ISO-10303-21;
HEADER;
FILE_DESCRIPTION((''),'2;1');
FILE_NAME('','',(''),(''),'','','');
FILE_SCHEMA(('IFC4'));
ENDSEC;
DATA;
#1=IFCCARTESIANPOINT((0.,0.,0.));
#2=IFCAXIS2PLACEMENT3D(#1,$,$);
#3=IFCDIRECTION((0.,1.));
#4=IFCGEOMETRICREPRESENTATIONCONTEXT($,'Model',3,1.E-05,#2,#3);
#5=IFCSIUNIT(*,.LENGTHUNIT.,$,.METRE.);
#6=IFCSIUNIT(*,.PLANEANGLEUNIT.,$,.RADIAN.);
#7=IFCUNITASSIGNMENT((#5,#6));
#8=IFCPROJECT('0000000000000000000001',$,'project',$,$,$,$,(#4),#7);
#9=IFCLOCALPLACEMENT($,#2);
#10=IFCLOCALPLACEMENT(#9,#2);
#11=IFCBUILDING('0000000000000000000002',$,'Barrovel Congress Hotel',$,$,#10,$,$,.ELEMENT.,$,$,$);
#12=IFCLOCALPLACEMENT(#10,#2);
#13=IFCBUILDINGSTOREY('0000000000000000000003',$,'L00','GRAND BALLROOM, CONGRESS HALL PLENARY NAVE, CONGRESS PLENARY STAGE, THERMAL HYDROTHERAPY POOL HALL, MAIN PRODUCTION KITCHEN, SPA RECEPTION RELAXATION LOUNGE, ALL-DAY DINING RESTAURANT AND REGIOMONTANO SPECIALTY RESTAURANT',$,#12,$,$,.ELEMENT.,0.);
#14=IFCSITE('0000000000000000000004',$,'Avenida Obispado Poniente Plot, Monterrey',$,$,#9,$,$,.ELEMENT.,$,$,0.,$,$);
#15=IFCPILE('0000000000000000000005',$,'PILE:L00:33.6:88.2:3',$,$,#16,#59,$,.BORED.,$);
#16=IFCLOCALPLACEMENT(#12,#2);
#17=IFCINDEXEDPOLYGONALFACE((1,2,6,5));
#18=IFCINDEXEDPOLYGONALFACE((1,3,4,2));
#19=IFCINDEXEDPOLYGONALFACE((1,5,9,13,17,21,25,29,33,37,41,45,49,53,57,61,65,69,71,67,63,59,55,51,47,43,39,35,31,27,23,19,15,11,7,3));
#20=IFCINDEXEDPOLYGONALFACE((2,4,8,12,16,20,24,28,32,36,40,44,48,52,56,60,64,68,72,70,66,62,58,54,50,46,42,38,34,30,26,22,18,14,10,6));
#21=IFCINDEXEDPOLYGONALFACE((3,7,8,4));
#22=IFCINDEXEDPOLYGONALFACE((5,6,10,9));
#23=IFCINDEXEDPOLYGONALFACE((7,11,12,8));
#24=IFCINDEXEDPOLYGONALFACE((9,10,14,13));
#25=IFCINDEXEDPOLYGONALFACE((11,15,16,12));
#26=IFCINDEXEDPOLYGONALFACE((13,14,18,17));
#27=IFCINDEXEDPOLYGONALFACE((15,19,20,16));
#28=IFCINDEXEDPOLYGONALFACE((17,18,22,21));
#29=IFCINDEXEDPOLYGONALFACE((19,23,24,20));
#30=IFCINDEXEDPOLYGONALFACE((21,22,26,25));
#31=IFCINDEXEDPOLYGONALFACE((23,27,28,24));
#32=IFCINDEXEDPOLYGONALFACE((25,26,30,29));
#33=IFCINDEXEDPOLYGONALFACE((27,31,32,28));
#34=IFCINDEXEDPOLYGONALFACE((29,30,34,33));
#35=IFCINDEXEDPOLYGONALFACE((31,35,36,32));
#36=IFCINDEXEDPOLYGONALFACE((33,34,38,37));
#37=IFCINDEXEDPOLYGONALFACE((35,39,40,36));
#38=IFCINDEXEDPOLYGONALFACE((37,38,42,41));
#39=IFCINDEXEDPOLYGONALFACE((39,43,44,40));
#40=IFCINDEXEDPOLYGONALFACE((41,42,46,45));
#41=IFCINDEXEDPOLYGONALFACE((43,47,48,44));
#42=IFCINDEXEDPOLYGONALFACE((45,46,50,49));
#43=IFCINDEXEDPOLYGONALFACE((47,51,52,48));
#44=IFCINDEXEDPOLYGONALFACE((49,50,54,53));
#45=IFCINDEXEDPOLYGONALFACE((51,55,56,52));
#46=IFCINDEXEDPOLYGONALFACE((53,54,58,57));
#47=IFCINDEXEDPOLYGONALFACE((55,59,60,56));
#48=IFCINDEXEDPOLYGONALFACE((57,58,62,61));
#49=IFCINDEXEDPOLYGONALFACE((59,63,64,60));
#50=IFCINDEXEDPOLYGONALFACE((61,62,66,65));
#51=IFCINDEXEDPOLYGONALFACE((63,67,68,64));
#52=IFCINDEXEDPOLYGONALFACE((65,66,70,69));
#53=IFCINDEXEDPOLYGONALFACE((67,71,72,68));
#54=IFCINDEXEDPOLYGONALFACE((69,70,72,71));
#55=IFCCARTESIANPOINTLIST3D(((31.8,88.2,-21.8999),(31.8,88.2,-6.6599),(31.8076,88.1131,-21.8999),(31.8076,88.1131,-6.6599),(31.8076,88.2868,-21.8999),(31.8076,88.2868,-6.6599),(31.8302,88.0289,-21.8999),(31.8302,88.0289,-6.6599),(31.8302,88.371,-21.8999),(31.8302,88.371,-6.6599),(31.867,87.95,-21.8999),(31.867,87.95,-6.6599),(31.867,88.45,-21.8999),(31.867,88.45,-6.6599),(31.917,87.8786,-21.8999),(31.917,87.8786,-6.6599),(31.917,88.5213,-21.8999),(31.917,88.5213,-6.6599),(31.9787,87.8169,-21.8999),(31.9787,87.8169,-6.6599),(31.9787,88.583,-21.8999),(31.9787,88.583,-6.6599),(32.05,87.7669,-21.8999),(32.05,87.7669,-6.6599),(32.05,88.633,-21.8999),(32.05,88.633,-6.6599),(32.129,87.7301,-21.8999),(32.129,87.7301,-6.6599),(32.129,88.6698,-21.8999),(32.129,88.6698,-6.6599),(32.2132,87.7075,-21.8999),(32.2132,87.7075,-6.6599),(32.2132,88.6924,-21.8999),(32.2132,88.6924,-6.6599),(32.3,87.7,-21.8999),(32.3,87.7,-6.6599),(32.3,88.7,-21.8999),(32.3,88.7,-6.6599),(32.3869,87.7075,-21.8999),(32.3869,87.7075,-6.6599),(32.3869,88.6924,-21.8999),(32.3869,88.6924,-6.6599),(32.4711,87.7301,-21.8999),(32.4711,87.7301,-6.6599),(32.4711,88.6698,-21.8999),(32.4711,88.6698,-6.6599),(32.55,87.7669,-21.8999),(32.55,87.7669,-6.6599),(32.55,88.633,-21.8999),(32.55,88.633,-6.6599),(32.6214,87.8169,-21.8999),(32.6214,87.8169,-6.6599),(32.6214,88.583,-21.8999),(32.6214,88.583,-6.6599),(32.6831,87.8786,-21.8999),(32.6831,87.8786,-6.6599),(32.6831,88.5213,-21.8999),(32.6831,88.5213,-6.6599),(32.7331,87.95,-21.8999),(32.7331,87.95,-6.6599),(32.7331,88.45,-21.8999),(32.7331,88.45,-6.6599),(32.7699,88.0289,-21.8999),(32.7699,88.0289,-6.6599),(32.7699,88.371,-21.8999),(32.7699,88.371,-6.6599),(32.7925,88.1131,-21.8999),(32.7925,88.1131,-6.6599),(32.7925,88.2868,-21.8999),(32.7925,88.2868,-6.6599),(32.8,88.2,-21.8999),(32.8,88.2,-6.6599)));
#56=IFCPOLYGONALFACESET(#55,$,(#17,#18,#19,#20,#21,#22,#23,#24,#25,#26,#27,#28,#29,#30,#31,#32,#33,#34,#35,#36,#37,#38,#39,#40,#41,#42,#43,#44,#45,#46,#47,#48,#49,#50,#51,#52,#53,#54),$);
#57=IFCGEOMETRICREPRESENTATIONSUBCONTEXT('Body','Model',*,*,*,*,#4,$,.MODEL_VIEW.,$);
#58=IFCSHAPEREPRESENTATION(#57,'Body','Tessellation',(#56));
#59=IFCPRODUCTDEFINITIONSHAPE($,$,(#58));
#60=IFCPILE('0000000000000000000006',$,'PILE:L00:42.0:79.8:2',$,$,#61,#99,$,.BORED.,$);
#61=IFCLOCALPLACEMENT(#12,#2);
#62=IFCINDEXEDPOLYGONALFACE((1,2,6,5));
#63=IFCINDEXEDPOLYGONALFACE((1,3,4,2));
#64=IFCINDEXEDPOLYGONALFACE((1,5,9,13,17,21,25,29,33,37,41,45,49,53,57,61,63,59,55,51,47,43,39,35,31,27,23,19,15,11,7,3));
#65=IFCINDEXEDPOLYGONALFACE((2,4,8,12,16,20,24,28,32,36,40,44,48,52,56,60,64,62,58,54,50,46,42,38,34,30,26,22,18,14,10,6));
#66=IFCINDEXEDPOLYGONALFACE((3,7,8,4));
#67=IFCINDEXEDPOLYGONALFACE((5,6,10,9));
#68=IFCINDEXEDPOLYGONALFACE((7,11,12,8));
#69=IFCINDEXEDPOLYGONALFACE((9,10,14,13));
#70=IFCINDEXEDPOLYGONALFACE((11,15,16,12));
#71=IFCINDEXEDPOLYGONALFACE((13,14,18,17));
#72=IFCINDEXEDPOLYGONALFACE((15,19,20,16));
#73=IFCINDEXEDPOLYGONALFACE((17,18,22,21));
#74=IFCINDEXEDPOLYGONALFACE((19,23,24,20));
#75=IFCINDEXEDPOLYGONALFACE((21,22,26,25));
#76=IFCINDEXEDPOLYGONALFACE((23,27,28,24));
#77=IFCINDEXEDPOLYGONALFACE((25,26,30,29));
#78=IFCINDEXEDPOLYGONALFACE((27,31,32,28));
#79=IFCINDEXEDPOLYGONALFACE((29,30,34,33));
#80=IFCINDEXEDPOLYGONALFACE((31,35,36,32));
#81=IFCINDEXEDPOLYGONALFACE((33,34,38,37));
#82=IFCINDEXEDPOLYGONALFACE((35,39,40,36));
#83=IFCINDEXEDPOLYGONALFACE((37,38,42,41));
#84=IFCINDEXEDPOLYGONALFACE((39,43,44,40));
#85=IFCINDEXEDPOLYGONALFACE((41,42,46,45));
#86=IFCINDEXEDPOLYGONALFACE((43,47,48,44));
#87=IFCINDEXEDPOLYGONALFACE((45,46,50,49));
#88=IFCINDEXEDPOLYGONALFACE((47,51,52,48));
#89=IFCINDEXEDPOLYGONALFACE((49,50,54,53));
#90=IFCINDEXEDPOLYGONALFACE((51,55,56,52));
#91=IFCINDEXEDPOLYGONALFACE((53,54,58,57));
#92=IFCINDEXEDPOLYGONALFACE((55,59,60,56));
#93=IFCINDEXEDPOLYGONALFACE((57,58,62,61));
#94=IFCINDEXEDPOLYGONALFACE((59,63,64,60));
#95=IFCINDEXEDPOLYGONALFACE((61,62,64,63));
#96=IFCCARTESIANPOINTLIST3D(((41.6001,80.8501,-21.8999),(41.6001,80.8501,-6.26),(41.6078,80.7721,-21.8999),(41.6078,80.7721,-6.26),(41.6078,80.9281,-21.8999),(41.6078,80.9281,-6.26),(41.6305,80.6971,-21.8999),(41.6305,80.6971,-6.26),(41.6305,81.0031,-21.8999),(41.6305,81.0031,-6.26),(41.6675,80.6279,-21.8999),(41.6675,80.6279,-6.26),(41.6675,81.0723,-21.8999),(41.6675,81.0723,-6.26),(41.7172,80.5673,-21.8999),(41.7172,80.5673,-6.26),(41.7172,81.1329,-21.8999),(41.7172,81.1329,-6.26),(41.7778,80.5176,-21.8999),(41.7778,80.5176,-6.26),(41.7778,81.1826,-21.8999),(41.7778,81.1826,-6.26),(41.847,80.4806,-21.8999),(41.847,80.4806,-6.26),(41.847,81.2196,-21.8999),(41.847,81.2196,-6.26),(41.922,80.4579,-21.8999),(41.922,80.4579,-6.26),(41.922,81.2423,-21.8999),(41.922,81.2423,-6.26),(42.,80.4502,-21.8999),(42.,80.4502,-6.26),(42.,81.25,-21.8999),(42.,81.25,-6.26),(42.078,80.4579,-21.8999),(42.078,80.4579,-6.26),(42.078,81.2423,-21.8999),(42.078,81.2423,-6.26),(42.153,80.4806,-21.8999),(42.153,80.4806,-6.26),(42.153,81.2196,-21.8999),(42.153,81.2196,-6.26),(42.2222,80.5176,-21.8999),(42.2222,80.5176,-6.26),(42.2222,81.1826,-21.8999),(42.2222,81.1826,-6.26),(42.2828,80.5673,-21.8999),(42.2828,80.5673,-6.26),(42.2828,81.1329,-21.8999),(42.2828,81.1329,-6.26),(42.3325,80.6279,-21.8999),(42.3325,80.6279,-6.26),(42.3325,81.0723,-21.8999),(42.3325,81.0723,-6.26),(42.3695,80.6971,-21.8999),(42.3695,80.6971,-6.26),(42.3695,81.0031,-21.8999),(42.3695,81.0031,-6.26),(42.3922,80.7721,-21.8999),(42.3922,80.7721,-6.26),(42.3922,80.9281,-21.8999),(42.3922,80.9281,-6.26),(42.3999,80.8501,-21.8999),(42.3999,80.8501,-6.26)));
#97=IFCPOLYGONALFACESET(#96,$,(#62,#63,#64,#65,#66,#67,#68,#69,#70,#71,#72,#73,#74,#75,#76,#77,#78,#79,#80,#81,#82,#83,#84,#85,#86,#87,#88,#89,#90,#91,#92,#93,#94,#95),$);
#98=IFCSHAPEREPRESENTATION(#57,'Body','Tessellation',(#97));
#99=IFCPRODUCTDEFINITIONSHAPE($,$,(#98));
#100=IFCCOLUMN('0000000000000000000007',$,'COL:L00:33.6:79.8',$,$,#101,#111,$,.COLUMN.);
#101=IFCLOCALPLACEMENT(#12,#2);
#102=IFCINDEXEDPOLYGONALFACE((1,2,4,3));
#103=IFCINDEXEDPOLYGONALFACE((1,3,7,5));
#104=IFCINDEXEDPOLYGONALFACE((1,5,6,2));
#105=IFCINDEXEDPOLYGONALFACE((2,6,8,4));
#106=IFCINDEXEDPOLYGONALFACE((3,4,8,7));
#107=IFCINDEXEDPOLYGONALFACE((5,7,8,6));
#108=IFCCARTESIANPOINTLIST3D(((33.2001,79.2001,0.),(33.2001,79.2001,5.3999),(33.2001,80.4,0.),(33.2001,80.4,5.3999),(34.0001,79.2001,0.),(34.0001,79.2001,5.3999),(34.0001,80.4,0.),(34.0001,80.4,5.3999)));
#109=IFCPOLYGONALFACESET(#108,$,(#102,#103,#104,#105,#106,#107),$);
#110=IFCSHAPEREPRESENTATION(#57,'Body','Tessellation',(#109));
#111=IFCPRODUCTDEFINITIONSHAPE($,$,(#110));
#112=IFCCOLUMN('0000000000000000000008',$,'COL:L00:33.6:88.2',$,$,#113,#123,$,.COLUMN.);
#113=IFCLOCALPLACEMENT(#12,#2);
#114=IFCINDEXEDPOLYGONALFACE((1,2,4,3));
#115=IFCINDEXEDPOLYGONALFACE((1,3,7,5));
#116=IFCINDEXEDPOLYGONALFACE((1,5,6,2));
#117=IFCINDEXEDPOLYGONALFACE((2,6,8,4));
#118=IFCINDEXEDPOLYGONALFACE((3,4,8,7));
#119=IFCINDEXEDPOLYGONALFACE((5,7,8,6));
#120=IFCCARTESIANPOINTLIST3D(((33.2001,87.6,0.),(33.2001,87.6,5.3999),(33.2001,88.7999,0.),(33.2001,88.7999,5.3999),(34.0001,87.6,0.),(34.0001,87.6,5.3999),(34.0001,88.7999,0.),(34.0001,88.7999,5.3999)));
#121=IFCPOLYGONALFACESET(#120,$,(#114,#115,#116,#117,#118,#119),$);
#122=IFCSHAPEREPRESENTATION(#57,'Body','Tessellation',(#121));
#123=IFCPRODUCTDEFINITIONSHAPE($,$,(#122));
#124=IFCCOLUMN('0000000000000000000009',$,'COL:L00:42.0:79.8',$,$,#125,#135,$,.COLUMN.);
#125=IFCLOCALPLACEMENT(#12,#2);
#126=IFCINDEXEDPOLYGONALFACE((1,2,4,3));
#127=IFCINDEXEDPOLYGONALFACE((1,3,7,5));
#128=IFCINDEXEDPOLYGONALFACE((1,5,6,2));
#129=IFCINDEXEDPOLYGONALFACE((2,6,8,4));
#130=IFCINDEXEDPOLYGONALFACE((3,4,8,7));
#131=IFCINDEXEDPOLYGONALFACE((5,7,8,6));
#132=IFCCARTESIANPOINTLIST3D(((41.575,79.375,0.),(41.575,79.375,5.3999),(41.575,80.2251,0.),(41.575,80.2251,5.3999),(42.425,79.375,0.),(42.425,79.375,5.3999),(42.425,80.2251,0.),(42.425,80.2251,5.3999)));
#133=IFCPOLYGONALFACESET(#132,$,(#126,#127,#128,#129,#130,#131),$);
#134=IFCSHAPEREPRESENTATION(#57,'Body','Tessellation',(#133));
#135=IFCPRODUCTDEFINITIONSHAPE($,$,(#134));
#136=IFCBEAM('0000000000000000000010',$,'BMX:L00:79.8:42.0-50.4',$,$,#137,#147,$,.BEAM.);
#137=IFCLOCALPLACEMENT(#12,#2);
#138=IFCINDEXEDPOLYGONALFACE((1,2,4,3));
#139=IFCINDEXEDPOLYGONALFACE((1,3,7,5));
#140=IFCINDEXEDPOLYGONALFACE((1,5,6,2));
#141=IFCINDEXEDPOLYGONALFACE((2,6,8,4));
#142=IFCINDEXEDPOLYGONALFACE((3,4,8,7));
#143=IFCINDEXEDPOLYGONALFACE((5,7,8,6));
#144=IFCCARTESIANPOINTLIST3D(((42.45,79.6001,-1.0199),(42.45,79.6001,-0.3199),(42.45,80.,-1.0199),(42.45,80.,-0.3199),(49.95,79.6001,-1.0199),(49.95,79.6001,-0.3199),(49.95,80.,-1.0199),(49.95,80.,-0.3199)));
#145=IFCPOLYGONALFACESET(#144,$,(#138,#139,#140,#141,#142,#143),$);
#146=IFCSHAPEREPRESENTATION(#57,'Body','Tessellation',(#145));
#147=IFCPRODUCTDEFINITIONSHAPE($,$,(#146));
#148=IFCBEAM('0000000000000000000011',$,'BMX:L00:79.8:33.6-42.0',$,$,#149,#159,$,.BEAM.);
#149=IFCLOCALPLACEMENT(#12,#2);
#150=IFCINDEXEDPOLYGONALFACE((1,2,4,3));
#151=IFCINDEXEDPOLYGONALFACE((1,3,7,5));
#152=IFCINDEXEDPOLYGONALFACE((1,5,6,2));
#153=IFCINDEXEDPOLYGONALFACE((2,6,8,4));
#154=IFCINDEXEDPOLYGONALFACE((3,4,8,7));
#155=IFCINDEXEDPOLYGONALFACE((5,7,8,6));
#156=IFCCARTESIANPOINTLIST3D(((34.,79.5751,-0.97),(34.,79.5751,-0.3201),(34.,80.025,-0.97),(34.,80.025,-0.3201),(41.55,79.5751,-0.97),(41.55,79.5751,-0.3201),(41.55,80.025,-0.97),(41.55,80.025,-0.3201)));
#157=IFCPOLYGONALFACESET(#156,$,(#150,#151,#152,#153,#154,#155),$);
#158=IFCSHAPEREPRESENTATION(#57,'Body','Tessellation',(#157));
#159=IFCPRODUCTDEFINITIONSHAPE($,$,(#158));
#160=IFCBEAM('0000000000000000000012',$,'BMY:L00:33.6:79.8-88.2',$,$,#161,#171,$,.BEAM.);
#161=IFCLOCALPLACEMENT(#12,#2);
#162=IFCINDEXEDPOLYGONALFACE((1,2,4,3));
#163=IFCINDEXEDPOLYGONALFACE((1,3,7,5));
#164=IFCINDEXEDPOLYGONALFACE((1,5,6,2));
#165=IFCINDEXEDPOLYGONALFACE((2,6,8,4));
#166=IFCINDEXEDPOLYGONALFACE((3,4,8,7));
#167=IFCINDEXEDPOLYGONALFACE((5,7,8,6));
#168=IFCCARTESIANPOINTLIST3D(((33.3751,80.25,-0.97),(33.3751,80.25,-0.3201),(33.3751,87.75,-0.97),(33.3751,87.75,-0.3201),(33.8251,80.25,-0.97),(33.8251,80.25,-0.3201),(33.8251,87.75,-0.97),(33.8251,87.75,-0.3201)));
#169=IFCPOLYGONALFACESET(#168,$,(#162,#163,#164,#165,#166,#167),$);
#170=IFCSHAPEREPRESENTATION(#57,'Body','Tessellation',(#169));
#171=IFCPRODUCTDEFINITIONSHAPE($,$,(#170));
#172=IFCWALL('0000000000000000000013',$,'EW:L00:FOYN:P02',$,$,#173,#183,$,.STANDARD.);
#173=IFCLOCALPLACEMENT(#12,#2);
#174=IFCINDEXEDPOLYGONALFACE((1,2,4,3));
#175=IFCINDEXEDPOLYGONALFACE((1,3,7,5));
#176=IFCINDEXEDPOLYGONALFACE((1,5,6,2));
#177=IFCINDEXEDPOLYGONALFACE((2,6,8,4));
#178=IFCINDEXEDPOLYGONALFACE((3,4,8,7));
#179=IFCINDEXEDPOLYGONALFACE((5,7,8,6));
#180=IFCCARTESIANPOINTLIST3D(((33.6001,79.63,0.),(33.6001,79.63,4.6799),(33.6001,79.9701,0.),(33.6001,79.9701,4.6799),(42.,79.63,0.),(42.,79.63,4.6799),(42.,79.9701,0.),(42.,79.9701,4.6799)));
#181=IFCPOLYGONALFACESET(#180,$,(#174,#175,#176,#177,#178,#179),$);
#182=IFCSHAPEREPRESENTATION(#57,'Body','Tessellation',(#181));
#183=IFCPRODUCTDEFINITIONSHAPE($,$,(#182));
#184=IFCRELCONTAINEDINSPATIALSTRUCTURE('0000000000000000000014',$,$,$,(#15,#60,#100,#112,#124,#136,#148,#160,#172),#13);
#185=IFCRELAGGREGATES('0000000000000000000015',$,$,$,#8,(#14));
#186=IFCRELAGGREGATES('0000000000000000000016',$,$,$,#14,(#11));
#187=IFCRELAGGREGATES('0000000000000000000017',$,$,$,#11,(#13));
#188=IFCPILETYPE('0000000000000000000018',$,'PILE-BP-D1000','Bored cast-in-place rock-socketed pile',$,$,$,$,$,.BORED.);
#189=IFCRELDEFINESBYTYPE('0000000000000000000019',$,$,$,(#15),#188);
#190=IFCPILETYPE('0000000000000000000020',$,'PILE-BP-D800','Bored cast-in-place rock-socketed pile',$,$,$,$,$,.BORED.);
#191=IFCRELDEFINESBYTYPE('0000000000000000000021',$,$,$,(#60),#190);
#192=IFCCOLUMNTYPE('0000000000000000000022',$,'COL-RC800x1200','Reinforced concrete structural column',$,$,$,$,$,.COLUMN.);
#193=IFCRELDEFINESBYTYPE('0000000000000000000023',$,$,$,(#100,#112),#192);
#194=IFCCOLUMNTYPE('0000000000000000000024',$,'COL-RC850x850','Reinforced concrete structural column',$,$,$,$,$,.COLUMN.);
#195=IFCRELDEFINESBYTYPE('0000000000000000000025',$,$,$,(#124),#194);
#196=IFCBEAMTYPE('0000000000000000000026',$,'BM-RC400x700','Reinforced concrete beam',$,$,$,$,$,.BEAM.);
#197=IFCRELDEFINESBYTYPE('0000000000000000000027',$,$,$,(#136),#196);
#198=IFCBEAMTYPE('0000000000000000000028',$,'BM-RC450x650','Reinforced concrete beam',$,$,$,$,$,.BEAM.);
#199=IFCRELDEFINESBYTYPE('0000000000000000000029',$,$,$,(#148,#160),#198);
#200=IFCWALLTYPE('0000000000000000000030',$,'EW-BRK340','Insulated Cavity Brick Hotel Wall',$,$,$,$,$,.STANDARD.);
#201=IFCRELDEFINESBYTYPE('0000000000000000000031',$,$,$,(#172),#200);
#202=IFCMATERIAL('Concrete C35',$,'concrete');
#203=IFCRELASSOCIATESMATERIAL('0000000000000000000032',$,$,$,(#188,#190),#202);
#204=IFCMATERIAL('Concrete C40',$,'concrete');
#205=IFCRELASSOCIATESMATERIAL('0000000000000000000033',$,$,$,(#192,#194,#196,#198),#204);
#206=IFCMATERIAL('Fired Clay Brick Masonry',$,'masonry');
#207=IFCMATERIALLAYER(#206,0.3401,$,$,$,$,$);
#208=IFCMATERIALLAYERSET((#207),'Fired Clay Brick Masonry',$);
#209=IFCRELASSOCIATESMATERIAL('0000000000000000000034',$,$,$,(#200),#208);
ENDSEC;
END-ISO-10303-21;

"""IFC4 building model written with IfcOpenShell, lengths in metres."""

from ifc_helpers import new_model, si_unit, direction, frame, frame_2d, origin, origin_2d, place, context, subcontext, project, spatial, rectangle, circle, extrude, material, layer, layer_set, material_profile, profile_set, type_object, element, save


model = new_model("IFC4")

# Units and contexts
model_context = context("Model", 3, precision=1e-05, world=origin(), true_north=direction((0.0, 1.0)))
body_context = subcontext(model_context, "Body", "Model", "MODEL_VIEW")
ifc_project = project(units=[si_unit("LENGTHUNIT", "METRE"), si_unit("PLANEANGLEUNIT", "RADIAN")], contexts=[model_context])

# Site, building, storey
site_placement = place(None, origin())
site = spatial("IfcSite", under=ifc_project, at=site_placement, Name="Avenida Obispado Poniente Plot, Monterrey", CompositionType="ELEMENT", RefElevation=0.0)
building_placement = place(site_placement, origin())
building = spatial("IfcBuilding", under=site, at=building_placement, Name="Barrovel Congress Hotel", CompositionType="ELEMENT")
storey_placement = place(building_placement, origin())
storey = spatial("IfcBuildingStorey", under=building, at=storey_placement, Name="L00", Description="GRAND BALLROOM, CONGRESS HALL PLENARY NAVE, CONGRESS PLENARY STAGE, THERMAL HYDROTHERAPY POOL HALL, MAIN PRODUCTION KITCHEN, SPA RECEPTION RELAXATION LOUNGE, ALL-DAY DINING RESTAURANT AND REGIOMONTANO SPECIALTY RESTAURANT", CompositionType="ELEMENT", Elevation=0.0)

# Shared definitions
ifc_material_1 = material(Name="Concrete C40", Category="concrete")

# Piles
ifc_material_2 = material(Name="Concrete C35", Category="concrete")
ifc_material_profile_1 = material_profile(ifc_material_2, circle(Radius=0.5, at=origin_2d()), Name="BP-D1000")
ifc_profile_set_1 = profile_set([ifc_material_profile_1], Name="Concrete C35")
pile_type_1 = type_object("IfcPileType", Name="PILE-BP-D1000", Description="Bored cast-in-place rock-socketed pile", PredefinedType="BORED", material=ifc_profile_set_1)
for number, where, z_axis, x_axis, name in (
    (1, (32.3, 88.2, -6.6599), (0.0, 0.0, -1.0), (1.0, 0.0, 0.0), "PILE:L00:33.6:88.2:3"),
):
    element("IfcPile", number, at=place(storey_placement, frame(where, z_axis=z_axis, x_axis=x_axis)), inside=storey, type_object=pile_type_1, Name=name, PredefinedType="BORED", context=body_context, shape_type="SweptSolid", body=[
        extrude(circle(Radius=0.5, at=origin_2d()), origin(), (0.0, 0.0, 1.0), 15.24),
    ])
ifc_material_profile_2 = material_profile(ifc_material_2, circle(Radius=0.3999, at=origin_2d()), Name="BP-D800")
ifc_profile_set_2 = profile_set([ifc_material_profile_2], Name="Concrete C35")
pile_type_2 = type_object("IfcPileType", Name="PILE-BP-D800", Description="Bored cast-in-place rock-socketed pile", PredefinedType="BORED", material=ifc_profile_set_2)
pile_1_placement = place(storey_placement, frame((42.0, 80.8501, -6.26), z_axis=(0.0, 0.0, -1.0), x_axis=(1.0, 0.0, 0.0)))
element("IfcPile", 2, at=pile_1_placement, inside=storey, type_object=pile_type_2, Name="PILE:L00:42.0:79.8:2", PredefinedType="BORED", context=body_context, shape_type="SweptSolid", body=[
    extrude(circle(Radius=0.3999, at=origin_2d()), origin(), (0.0, 0.0, 1.0), 15.6399),
])

# Columns
ifc_material_profile_3 = material_profile(ifc_material_1, rectangle(XDim=0.8, YDim=1.2, at=origin_2d()), Name="RC800x1200")
ifc_profile_set_3 = profile_set([ifc_material_profile_3], Name="Concrete C40")
column_type_1 = type_object("IfcColumnType", Name="COL-RC800x1200", Description="Reinforced concrete structural column", PredefinedType="COLUMN", material=ifc_profile_set_3)
for number, where, z_axis, x_axis, name in (
    (3, (33.6001, 79.8, 0.0), (0.0, 0.0, 1.0), (1.0, 0.0, 0.0), "COL:L00:33.6:79.8"),
    (4, (33.6001, 88.2, 0.0), (0.0, 0.0, 1.0), (1.0, 0.0, 0.0), "COL:L00:33.6:88.2"),
):
    element("IfcColumn", number, at=place(storey_placement, frame(where, z_axis=z_axis, x_axis=x_axis)), inside=storey, type_object=column_type_1, Name=name, PredefinedType="COLUMN", context=body_context, shape_type="SweptSolid", body=[
        extrude(rectangle(XDim=0.8, YDim=1.2, at=origin_2d()), origin(), (0.0, 0.0, 1.0), 5.3999),
    ])
ifc_material_profile_4 = material_profile(ifc_material_1, rectangle(XDim=0.8501, YDim=0.8501, at=origin_2d()), Name="RC850x850")
ifc_profile_set_4 = profile_set([ifc_material_profile_4], Name="Concrete C40")
column_type_2 = type_object("IfcColumnType", Name="COL-RC850x850", Description="Reinforced concrete structural column", PredefinedType="COLUMN", material=ifc_profile_set_4)
column_placement = place(storey_placement, frame((42.0, 79.8, 0.0), z_axis=(0.0, 0.0, 1.0), x_axis=(1.0, 0.0, 0.0)))
element("IfcColumn", 5, at=column_placement, inside=storey, type_object=column_type_2, Name="COL:L00:42.0:79.8", PredefinedType="COLUMN", context=body_context, shape_type="SweptSolid", body=[
    extrude(rectangle(XDim=0.8501, YDim=0.8501, at=origin_2d()), origin(), (0.0, 0.0, 1.0), 5.3999),
])

# Beams
ifc_material_profile_5 = material_profile(ifc_material_1, rectangle(XDim=0.3999, YDim=0.7, at=origin_2d()), Name="RC400x700")
ifc_profile_set_5 = profile_set([ifc_material_profile_5], Name="Concrete C40")
beam_type_1 = type_object("IfcBeamType", Name="BM-RC400x700", Description="Reinforced concrete beam", PredefinedType="BEAM", material=ifc_profile_set_5)
beam_1_placement = place(storey_placement, frame((42.45, 79.8, -0.6699), z_axis=(1.0, 0.0, 0.0), x_axis=(0.0, 1.0, 0.0)))
element("IfcBeam", 6, at=beam_1_placement, inside=storey, type_object=beam_type_1, Name="BMX:L00:79.8:42.0-50.4", PredefinedType="BEAM", context=body_context, shape_type="SweptSolid", body=[
    extrude(rectangle(XDim=0.3999, YDim=0.7, at=origin_2d()), origin(), (0.0, 0.0, 1.0), 7.5),
])
ifc_material_profile_6 = material_profile(ifc_material_1, rectangle(XDim=0.45, YDim=0.6499, at=origin_2d()), Name="RC450x650")
ifc_profile_set_6 = profile_set([ifc_material_profile_6], Name="Concrete C40")
beam_type_2 = type_object("IfcBeamType", Name="BM-RC450x650", Description="Reinforced concrete beam", PredefinedType="BEAM", material=ifc_profile_set_6)
beam_2_placement = place(storey_placement, frame((34.0, 79.8, -0.645), z_axis=(1.0, 0.0, 0.0), x_axis=(0.0, 1.0, 0.0)))
element("IfcBeam", 7, at=beam_2_placement, inside=storey, type_object=beam_type_2, Name="BMX:L00:79.8:33.6-42.0", PredefinedType="BEAM", context=body_context, shape_type="SweptSolid", body=[
    extrude(rectangle(XDim=0.45, YDim=0.6499, at=origin_2d()), origin(), (0.0, 0.0, 1.0), 7.55),
])
beam_3_placement = place(storey_placement, frame((33.6001, 80.25, -0.645), z_axis=(0.0, 1.0, 0.0), x_axis=(-1.0, 0.0, 0.0)))
element("IfcBeam", 8, at=beam_3_placement, inside=storey, type_object=beam_type_2, Name="BMY:L00:33.6:79.8-88.2", PredefinedType="BEAM", context=body_context, shape_type="SweptSolid", body=[
    extrude(rectangle(XDim=0.45, YDim=0.6499, at=origin_2d()), origin(), (0.0, 0.0, 1.0), 7.5),
])

# Wall
ifc_material_3 = material(Name="Fired Clay Brick Masonry", Category="masonry")
ifc_layer_1 = layer(ifc_material_3, 0.3401)
ifc_layer_set_1 = layer_set([ifc_layer_1], Name="Fired Clay Brick Masonry")
wall_type = type_object("IfcWallType", Name="EW-BRK340", Description="Insulated Cavity Brick Hotel Wall", PredefinedType="STANDARD", material=ifc_layer_set_1)
wall_placement = place(storey_placement, frame((42.0, 79.8, 0.0), z_axis=(0.0, 0.0, 1.0), x_axis=(-1.0, 0.0, 0.0)))
element("IfcWall", 9, at=wall_placement, inside=storey, type_object=wall_type, Name="EW:L00:FOYN:P02", PredefinedType="STANDARD", context=body_context, shape_type="SweptSolid", body=[
    extrude(rectangle(XDim=8.3999, YDim=0.3401, at=frame_2d((4.2, 0.0))), origin(), (0.0, 0.0, 1.0), 4.6799),
])

save(model, "model.ifc")
